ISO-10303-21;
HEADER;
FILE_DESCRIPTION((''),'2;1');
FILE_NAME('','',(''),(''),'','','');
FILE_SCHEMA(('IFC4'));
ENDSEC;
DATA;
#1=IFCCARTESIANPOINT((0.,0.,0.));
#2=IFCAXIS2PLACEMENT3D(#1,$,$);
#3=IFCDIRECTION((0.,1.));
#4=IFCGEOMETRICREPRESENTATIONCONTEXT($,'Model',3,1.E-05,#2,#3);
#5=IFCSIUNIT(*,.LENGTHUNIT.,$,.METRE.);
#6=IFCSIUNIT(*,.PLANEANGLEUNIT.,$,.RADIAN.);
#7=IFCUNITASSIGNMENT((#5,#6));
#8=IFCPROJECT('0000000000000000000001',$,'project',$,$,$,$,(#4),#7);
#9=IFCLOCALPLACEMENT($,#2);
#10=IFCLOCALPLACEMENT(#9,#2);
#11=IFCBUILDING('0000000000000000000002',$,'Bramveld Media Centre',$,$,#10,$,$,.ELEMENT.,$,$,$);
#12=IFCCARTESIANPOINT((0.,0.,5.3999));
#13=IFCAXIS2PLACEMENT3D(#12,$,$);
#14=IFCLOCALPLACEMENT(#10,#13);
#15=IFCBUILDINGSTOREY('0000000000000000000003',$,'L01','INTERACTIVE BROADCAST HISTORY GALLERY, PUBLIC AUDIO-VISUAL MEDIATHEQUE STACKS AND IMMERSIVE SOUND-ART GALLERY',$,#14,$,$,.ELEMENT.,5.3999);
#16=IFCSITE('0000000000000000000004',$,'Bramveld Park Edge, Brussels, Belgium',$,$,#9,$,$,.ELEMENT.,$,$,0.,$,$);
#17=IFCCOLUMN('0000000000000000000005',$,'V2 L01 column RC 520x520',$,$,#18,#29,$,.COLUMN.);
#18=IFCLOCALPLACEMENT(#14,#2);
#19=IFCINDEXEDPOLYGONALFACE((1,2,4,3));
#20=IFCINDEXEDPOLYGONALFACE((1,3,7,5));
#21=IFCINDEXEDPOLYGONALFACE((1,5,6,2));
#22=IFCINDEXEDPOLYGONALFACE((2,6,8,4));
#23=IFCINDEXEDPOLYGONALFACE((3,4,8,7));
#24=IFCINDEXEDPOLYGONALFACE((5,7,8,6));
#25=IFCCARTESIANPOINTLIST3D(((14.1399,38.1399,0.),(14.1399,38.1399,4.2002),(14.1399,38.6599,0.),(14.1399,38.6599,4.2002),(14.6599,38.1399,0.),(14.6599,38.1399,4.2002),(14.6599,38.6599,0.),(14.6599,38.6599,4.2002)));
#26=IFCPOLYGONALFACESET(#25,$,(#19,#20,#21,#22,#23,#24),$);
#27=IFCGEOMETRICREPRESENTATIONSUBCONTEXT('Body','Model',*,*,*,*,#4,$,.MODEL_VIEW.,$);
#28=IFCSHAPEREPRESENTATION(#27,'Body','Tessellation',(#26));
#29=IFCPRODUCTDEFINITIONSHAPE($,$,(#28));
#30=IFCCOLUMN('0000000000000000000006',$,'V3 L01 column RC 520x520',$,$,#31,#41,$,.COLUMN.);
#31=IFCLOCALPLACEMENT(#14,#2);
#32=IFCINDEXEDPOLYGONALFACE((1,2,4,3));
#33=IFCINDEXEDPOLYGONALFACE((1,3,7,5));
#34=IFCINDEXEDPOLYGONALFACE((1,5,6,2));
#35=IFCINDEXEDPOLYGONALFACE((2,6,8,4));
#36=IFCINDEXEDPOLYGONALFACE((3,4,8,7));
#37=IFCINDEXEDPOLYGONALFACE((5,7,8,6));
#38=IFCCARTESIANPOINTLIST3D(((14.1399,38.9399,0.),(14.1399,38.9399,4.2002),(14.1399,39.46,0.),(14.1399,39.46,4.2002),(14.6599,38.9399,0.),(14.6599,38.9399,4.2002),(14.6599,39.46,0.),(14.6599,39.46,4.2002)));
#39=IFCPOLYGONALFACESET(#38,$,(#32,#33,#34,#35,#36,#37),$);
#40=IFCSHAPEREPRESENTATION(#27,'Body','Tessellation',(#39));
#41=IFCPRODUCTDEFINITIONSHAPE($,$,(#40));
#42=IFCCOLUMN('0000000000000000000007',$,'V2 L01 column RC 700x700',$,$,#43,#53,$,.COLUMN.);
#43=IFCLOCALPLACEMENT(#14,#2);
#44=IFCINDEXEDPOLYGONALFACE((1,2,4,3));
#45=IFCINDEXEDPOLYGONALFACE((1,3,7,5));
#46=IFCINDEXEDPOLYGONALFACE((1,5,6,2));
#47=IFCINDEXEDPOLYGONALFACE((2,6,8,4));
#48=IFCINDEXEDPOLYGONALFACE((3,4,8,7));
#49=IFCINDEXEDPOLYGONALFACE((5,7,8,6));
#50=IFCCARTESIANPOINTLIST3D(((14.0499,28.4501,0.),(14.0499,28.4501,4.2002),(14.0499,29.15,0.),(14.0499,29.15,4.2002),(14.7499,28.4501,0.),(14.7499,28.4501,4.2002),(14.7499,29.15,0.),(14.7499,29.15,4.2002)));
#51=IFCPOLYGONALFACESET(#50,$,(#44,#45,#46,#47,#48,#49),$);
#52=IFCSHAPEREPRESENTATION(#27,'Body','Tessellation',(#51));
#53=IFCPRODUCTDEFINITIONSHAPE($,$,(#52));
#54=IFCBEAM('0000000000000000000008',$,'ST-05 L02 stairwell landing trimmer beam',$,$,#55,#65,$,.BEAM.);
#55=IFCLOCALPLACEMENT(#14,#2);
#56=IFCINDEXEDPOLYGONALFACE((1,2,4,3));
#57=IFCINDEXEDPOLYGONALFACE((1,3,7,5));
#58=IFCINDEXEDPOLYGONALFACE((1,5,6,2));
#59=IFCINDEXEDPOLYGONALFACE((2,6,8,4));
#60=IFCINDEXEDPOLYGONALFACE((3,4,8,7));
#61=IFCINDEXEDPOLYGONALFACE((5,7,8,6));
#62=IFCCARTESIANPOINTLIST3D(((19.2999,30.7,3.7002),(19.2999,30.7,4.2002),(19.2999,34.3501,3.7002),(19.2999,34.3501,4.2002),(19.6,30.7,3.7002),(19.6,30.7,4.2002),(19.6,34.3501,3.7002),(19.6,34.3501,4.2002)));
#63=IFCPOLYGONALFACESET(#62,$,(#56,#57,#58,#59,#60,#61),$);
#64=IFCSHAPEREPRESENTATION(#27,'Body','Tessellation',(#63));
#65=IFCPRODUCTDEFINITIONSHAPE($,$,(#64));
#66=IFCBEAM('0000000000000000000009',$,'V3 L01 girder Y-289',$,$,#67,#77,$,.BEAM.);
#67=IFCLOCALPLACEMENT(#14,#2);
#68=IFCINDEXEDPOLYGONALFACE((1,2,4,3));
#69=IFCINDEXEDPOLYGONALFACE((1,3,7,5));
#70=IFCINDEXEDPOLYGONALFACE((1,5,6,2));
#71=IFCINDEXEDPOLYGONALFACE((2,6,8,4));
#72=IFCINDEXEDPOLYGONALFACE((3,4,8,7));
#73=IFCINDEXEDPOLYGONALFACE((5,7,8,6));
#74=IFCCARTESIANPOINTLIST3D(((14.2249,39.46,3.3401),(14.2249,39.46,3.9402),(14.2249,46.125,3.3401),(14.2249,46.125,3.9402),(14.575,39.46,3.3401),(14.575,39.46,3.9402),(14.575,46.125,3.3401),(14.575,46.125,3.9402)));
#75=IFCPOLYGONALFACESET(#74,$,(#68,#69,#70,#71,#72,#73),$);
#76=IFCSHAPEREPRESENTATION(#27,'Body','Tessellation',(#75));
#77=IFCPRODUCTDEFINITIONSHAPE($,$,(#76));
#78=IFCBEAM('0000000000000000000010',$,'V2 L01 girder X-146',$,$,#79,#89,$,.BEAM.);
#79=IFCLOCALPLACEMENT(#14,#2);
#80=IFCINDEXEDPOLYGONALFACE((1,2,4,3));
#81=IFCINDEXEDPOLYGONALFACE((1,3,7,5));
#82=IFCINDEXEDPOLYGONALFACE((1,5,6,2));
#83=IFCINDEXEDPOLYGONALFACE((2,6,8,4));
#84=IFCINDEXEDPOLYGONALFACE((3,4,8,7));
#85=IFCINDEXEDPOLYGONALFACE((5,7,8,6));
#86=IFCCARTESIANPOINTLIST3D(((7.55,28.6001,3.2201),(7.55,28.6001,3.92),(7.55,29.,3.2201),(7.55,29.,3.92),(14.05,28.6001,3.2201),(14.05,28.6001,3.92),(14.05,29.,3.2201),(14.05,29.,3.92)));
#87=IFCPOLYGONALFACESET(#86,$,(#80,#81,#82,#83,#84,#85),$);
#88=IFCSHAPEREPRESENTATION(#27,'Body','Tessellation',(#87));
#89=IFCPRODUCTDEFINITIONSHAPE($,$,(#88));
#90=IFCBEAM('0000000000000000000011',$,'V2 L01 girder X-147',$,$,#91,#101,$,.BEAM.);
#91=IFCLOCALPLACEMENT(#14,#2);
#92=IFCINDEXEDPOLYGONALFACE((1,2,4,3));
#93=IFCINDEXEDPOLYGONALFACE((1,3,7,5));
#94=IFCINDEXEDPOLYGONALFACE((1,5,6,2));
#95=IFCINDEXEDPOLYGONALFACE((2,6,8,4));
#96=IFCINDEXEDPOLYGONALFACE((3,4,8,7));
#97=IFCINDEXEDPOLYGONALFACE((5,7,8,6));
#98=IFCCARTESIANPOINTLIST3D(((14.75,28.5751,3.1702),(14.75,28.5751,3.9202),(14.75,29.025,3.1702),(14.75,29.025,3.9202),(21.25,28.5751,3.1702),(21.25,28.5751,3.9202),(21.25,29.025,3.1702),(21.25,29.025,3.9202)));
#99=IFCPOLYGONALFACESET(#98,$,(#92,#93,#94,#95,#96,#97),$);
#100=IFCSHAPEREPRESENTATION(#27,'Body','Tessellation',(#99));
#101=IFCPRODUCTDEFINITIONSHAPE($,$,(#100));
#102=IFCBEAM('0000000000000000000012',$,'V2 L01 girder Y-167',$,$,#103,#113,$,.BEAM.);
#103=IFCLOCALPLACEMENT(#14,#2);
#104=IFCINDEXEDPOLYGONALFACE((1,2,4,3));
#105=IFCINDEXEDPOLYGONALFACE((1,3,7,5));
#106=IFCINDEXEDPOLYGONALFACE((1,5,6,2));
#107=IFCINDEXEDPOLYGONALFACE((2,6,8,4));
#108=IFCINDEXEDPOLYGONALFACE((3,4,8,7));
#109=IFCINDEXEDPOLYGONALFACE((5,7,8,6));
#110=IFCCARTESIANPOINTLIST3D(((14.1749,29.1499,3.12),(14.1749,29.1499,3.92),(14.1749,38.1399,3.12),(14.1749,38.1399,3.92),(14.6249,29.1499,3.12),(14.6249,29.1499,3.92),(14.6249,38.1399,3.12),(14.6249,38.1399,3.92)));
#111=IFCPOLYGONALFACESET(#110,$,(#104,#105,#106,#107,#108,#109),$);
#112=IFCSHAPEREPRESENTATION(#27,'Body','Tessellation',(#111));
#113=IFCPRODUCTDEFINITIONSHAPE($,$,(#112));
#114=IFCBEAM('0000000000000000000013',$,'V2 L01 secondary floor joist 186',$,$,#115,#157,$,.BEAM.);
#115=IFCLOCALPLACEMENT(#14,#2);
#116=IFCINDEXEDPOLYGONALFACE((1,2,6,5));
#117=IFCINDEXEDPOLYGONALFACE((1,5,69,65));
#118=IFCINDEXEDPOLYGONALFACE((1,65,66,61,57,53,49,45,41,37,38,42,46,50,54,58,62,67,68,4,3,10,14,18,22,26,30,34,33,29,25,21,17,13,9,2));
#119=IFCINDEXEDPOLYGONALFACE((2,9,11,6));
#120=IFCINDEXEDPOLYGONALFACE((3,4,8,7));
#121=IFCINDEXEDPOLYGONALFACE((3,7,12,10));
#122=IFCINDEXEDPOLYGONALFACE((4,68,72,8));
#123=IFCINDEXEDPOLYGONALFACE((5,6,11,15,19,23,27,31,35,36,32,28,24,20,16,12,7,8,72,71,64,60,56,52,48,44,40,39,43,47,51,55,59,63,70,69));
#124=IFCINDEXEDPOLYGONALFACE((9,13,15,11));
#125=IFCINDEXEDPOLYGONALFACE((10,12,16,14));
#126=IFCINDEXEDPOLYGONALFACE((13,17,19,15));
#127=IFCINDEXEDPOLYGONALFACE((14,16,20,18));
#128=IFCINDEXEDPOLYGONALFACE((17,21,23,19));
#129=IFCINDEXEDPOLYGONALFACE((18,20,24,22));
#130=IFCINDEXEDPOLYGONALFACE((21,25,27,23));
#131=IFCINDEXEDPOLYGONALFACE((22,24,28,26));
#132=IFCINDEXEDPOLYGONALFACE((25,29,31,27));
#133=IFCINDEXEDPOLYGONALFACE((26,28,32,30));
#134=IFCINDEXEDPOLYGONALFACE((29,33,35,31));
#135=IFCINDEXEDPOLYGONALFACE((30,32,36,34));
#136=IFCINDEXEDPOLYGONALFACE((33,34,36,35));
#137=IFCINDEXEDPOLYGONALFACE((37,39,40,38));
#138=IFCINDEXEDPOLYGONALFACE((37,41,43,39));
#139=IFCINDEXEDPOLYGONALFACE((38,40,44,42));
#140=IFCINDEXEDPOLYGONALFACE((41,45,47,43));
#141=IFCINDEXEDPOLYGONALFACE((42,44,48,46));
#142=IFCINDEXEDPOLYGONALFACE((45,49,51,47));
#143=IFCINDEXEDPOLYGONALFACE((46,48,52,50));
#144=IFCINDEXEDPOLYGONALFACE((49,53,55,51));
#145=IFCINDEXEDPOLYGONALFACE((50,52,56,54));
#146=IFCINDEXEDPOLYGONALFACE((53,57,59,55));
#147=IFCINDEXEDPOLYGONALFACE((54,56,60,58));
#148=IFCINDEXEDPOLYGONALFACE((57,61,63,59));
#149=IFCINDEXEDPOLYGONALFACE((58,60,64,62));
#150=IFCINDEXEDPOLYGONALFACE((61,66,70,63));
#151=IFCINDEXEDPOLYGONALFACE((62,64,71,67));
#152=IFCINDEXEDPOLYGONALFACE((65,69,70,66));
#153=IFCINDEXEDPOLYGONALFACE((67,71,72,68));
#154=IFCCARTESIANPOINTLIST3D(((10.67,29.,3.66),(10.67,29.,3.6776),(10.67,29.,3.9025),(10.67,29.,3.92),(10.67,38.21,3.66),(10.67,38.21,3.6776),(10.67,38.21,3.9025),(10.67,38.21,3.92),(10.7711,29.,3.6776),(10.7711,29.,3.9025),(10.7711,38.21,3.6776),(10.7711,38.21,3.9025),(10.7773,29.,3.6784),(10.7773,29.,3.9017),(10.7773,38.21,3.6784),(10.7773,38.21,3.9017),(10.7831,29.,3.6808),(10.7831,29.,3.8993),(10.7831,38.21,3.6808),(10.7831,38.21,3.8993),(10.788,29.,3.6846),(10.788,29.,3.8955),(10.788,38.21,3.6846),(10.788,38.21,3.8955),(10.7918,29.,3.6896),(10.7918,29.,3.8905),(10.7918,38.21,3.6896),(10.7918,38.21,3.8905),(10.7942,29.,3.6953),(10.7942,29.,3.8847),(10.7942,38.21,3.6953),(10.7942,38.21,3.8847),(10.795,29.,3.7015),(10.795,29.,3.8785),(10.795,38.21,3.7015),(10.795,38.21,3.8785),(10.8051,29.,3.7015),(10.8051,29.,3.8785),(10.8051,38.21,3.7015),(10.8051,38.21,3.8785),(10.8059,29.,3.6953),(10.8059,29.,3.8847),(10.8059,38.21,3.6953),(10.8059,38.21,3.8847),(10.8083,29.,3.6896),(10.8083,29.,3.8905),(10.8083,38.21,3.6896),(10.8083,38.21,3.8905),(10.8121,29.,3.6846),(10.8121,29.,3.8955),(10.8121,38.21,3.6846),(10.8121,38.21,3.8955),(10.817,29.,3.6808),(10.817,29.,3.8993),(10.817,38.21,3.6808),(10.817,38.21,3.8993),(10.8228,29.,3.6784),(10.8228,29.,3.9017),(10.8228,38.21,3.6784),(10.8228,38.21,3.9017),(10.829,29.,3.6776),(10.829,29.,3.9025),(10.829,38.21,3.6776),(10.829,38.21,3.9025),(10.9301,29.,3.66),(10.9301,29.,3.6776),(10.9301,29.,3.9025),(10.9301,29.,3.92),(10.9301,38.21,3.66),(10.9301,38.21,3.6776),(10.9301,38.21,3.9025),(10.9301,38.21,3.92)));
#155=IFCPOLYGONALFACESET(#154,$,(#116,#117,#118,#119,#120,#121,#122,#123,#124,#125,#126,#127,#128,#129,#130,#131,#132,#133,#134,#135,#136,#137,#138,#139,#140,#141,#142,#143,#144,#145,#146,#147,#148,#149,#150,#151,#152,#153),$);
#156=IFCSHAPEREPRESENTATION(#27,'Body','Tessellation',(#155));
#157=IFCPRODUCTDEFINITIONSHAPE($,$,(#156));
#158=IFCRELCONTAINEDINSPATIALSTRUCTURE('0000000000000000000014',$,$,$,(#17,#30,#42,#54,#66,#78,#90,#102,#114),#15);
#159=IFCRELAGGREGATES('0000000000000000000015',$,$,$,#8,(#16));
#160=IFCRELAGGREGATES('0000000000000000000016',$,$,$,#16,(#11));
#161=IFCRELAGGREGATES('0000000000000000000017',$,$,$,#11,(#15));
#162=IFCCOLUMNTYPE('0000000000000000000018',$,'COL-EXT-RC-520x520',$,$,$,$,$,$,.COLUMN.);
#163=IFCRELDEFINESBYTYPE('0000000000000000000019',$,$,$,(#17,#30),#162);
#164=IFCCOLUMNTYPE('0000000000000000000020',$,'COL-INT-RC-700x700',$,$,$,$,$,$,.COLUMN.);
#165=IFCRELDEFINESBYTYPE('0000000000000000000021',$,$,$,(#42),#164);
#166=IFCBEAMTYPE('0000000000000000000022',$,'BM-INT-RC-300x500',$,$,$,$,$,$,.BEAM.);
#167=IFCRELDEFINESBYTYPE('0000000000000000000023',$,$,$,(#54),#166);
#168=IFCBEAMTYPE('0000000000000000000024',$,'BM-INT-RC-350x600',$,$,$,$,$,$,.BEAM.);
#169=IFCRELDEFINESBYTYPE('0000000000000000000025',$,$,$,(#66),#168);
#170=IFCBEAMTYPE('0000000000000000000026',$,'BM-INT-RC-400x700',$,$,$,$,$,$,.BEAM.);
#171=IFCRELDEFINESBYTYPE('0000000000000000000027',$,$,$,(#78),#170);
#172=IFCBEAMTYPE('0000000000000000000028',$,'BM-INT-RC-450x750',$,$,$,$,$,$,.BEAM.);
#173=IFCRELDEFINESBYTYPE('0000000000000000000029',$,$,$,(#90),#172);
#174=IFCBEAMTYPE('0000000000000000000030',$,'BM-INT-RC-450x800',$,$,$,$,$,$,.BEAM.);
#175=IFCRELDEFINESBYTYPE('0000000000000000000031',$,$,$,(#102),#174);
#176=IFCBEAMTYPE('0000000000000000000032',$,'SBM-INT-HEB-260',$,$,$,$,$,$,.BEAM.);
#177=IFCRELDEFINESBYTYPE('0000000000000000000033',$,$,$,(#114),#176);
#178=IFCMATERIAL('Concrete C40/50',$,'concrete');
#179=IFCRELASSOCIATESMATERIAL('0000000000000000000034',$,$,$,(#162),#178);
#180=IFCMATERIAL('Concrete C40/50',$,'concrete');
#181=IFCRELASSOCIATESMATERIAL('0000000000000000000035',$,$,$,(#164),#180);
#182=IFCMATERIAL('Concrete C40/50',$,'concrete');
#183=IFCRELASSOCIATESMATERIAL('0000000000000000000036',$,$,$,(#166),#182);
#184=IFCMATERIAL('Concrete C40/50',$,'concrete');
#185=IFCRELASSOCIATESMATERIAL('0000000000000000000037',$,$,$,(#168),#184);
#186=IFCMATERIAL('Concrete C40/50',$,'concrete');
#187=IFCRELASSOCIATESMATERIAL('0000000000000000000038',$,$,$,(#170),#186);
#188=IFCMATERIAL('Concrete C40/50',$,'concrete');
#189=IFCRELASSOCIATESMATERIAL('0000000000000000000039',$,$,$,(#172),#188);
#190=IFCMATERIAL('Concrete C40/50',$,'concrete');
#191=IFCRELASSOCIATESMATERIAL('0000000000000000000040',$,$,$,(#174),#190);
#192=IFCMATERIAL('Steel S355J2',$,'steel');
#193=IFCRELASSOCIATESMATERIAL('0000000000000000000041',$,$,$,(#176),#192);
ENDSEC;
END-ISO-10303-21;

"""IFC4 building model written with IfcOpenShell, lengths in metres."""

from ifc_helpers import new_model, si_unit, direction, frame, origin, origin_2d, place, context, subcontext, project, spatial, rectangle, i_section, extrude, material, material_profile, profile_set, type_object, element, save


model = new_model("IFC4")

# Units and contexts
model_context = context("Model", 3, precision=1e-05, world=origin(), true_north=direction((0.0, 1.0)))
body_context = subcontext(model_context, "Body", "Model", "MODEL_VIEW")
ifc_project = project(units=[si_unit("LENGTHUNIT", "METRE"), si_unit("PLANEANGLEUNIT", "RADIAN")], contexts=[model_context])

# Site, building, storey
site_placement = place(None, origin())
site = spatial("IfcSite", under=ifc_project, at=site_placement, Name="Bramveld Park Edge, Brussels, Belgium", CompositionType="ELEMENT", RefElevation=0.0)
building_placement = place(site_placement, origin())
building = spatial("IfcBuilding", under=site, at=building_placement, Name="Bramveld Media Centre", CompositionType="ELEMENT")
storey_placement = place(building_placement, frame((0.0, 0.0, 5.3999)))
storey = spatial("IfcBuildingStorey", under=building, at=storey_placement, Name="L01", Description="INTERACTIVE BROADCAST HISTORY GALLERY, PUBLIC AUDIO-VISUAL MEDIATHEQUE STACKS AND IMMERSIVE SOUND-ART GALLERY", CompositionType="ELEMENT", Elevation=5.3999)

# Columns
ifc_material_1 = material(Name="Concrete C40/50", Category="concrete")
ifc_material_profile_1 = material_profile(ifc_material_1, rectangle(XDim=0.52, YDim=0.52, at=origin_2d()), Name="RC 520x520")
ifc_profile_set_1 = profile_set([ifc_material_profile_1], Name="Concrete C40/50")
column_type_1 = type_object("IfcColumnType", Name="COL-EXT-RC-520x520", PredefinedType="COLUMN", material=ifc_profile_set_1)
for number, where, z_axis, x_axis, name in (
    (1, (14.3999, 38.3999, 0.0), (0.0, 0.0, 1.0), (1.0, 0.0, 0.0), "V2 L01 column RC 520x520"),
    (2, (14.3999, 39.2, 0.0), (0.0, 0.0, 1.0), (1.0, 0.0, 0.0), "V3 L01 column RC 520x520"),
):
    element("IfcColumn", number, at=place(storey_placement, frame(where, z_axis=z_axis, x_axis=x_axis)), inside=storey, type_object=column_type_1, Name=name, PredefinedType="COLUMN", context=body_context, shape_type="SweptSolid", body=[
        extrude(rectangle(XDim=0.52, YDim=0.52, at=origin_2d()), origin(), (0.0, 0.0, 1.0), 4.2002),
    ])
ifc_material_2 = material(Name="Concrete C40/50", Category="concrete")
ifc_material_profile_2 = material_profile(ifc_material_2, rectangle(XDim=0.7, YDim=0.7, at=origin_2d()), Name="RC 700x700")
ifc_profile_set_2 = profile_set([ifc_material_profile_2], Name="Concrete C40/50")
column_type_2 = type_object("IfcColumnType", Name="COL-INT-RC-700x700", PredefinedType="COLUMN", material=ifc_profile_set_2)
column_placement = place(storey_placement, frame((14.3999, 28.8, 0.0), z_axis=(0.0, 0.0, 1.0), x_axis=(1.0, 0.0, 0.0)))
element("IfcColumn", 3, at=column_placement, inside=storey, type_object=column_type_2, Name="V2 L01 column RC 700x700", PredefinedType="COLUMN", context=body_context, shape_type="SweptSolid", body=[
    extrude(rectangle(XDim=0.7, YDim=0.7, at=origin_2d()), origin(), (0.0, 0.0, 1.0), 4.2002),
])

# Beams
ifc_material_3 = material(Name="Concrete C40/50", Category="concrete")
ifc_material_profile_3 = material_profile(ifc_material_3, rectangle(XDim=0.3, YDim=0.5, at=origin_2d()), Name="RC 300x500")
ifc_profile_set_3 = profile_set([ifc_material_profile_3], Name="Concrete C40/50")
beam_type_1 = type_object("IfcBeamType", Name="BM-INT-RC-300x500", PredefinedType="BEAM", material=ifc_profile_set_3)
beam_1_placement = place(storey_placement, frame((19.45, 30.7, 3.9502), z_axis=(0.0, 1.0, 0.0), x_axis=(-1.0, 0.0, 0.0)))
element("IfcBeam", 4, at=beam_1_placement, inside=storey, type_object=beam_type_1, Name="ST-05 L02 stairwell landing trimmer beam", PredefinedType="BEAM", context=body_context, shape_type="SweptSolid", body=[
    extrude(rectangle(XDim=0.3, YDim=0.5, at=origin_2d()), origin(), (0.0, 0.0, 1.0), 3.6501),
])
ifc_material_4 = material(Name="Concrete C40/50", Category="concrete")
ifc_material_profile_4 = material_profile(ifc_material_4, rectangle(XDim=0.3501, YDim=0.6001, at=origin_2d()), Name="RC 350x600")
ifc_profile_set_4 = profile_set([ifc_material_profile_4], Name="Concrete C40/50")
beam_type_2 = type_object("IfcBeamType", Name="BM-INT-RC-350x600", PredefinedType="BEAM", material=ifc_profile_set_4)
beam_2_placement = place(storey_placement, frame((14.3999, 39.46, 3.6401), z_axis=(0.0, 1.0, 0.0), x_axis=(-1.0, 0.0, 0.0)))
element("IfcBeam", 5, at=beam_2_placement, inside=storey, type_object=beam_type_2, Name="V3 L01 girder Y-289", PredefinedType="BEAM", context=body_context, shape_type="SweptSolid", body=[
    extrude(rectangle(XDim=0.3501, YDim=0.6001, at=origin_2d()), origin(), (0.0, 0.0, 1.0), 6.665),
])
ifc_material_5 = material(Name="Concrete C40/50", Category="concrete")
ifc_material_profile_5 = material_profile(ifc_material_5, rectangle(XDim=0.3999, YDim=0.7, at=origin_2d()), Name="RC 400x700")
ifc_profile_set_5 = profile_set([ifc_material_profile_5], Name="Concrete C40/50")
beam_type_3 = type_object("IfcBeamType", Name="BM-INT-RC-400x700", PredefinedType="BEAM", material=ifc_profile_set_5)
beam_3_placement = place(storey_placement, frame((7.55, 28.8, 3.5701), z_axis=(1.0, 0.0, 0.0), x_axis=(0.0, 1.0, 0.0)))
element("IfcBeam", 6, at=beam_3_placement, inside=storey, type_object=beam_type_3, Name="V2 L01 girder X-146", PredefinedType="BEAM", context=body_context, shape_type="SweptSolid", body=[
    extrude(rectangle(XDim=0.3999, YDim=0.7, at=origin_2d()), origin(), (0.0, 0.0, 1.0), 6.5),
])
ifc_material_6 = material(Name="Concrete C40/50", Category="concrete")
ifc_material_profile_6 = material_profile(ifc_material_6, rectangle(XDim=0.45, YDim=0.75, at=origin_2d()), Name="RC 450x750")
ifc_profile_set_6 = profile_set([ifc_material_profile_6], Name="Concrete C40/50")
beam_type_4 = type_object("IfcBeamType", Name="BM-INT-RC-450x750", PredefinedType="BEAM", material=ifc_profile_set_6)
beam_4_placement = place(storey_placement, frame((14.75, 28.8, 3.5452), z_axis=(1.0, 0.0, 0.0), x_axis=(0.0, 1.0, 0.0)))
element("IfcBeam", 7, at=beam_4_placement, inside=storey, type_object=beam_type_4, Name="V2 L01 girder X-147", PredefinedType="BEAM", context=body_context, shape_type="SweptSolid", body=[
    extrude(rectangle(XDim=0.45, YDim=0.75, at=origin_2d()), origin(), (0.0, 0.0, 1.0), 6.5),
])
ifc_material_7 = material(Name="Concrete C40/50", Category="concrete")
ifc_material_profile_7 = material_profile(ifc_material_7, rectangle(XDim=0.45, YDim=0.8, at=origin_2d()), Name="RC 450x800")
ifc_profile_set_7 = profile_set([ifc_material_profile_7], Name="Concrete C40/50")
beam_type_5 = type_object("IfcBeamType", Name="BM-INT-RC-450x800", PredefinedType="BEAM", material=ifc_profile_set_7)
beam_5_placement = place(storey_placement, frame((14.3999, 29.1499, 3.52), z_axis=(0.0, 1.0, 0.0), x_axis=(-1.0, 0.0, 0.0)))
element("IfcBeam", 8, at=beam_5_placement, inside=storey, type_object=beam_type_5, Name="V2 L01 girder Y-167", PredefinedType="BEAM", context=body_context, shape_type="SweptSolid", body=[
    extrude(rectangle(XDim=0.45, YDim=0.8, at=origin_2d()), origin(), (0.0, 0.0, 1.0), 8.99),
])
ifc_material_8 = material(Name="Steel S355J2", Category="steel")
ifc_material_profile_8 = material_profile(ifc_material_8, i_section(OverallWidth=0.26, OverallDepth=0.26, WebThickness=0.01, FlangeThickness=0.0176, FilletRadius=0.0239, at=origin_2d()), Name="HEB 260")
ifc_profile_set_8 = profile_set([ifc_material_profile_8], Name="Steel S355J2")
beam_type_6 = type_object("IfcBeamType", Name="SBM-INT-HEB-260", PredefinedType="BEAM", material=ifc_profile_set_8)
beam_6_placement = place(storey_placement, frame((10.8, 29.0, 3.79), z_axis=(0.0, 1.0, 0.0), x_axis=(-1.0, 0.0, 0.0)))
element("IfcBeam", 9, at=beam_6_placement, inside=storey, type_object=beam_type_6, Name="V2 L01 secondary floor joist 186", PredefinedType="BEAM", context=body_context, shape_type="SweptSolid", body=[
    extrude(i_section(OverallWidth=0.26, OverallDepth=0.26, WebThickness=0.01, FlangeThickness=0.0176, FilletRadius=0.0239, at=origin_2d()), origin(), (0.0, 0.0, 1.0), 9.21),
])

save(model, "model.ifc")
